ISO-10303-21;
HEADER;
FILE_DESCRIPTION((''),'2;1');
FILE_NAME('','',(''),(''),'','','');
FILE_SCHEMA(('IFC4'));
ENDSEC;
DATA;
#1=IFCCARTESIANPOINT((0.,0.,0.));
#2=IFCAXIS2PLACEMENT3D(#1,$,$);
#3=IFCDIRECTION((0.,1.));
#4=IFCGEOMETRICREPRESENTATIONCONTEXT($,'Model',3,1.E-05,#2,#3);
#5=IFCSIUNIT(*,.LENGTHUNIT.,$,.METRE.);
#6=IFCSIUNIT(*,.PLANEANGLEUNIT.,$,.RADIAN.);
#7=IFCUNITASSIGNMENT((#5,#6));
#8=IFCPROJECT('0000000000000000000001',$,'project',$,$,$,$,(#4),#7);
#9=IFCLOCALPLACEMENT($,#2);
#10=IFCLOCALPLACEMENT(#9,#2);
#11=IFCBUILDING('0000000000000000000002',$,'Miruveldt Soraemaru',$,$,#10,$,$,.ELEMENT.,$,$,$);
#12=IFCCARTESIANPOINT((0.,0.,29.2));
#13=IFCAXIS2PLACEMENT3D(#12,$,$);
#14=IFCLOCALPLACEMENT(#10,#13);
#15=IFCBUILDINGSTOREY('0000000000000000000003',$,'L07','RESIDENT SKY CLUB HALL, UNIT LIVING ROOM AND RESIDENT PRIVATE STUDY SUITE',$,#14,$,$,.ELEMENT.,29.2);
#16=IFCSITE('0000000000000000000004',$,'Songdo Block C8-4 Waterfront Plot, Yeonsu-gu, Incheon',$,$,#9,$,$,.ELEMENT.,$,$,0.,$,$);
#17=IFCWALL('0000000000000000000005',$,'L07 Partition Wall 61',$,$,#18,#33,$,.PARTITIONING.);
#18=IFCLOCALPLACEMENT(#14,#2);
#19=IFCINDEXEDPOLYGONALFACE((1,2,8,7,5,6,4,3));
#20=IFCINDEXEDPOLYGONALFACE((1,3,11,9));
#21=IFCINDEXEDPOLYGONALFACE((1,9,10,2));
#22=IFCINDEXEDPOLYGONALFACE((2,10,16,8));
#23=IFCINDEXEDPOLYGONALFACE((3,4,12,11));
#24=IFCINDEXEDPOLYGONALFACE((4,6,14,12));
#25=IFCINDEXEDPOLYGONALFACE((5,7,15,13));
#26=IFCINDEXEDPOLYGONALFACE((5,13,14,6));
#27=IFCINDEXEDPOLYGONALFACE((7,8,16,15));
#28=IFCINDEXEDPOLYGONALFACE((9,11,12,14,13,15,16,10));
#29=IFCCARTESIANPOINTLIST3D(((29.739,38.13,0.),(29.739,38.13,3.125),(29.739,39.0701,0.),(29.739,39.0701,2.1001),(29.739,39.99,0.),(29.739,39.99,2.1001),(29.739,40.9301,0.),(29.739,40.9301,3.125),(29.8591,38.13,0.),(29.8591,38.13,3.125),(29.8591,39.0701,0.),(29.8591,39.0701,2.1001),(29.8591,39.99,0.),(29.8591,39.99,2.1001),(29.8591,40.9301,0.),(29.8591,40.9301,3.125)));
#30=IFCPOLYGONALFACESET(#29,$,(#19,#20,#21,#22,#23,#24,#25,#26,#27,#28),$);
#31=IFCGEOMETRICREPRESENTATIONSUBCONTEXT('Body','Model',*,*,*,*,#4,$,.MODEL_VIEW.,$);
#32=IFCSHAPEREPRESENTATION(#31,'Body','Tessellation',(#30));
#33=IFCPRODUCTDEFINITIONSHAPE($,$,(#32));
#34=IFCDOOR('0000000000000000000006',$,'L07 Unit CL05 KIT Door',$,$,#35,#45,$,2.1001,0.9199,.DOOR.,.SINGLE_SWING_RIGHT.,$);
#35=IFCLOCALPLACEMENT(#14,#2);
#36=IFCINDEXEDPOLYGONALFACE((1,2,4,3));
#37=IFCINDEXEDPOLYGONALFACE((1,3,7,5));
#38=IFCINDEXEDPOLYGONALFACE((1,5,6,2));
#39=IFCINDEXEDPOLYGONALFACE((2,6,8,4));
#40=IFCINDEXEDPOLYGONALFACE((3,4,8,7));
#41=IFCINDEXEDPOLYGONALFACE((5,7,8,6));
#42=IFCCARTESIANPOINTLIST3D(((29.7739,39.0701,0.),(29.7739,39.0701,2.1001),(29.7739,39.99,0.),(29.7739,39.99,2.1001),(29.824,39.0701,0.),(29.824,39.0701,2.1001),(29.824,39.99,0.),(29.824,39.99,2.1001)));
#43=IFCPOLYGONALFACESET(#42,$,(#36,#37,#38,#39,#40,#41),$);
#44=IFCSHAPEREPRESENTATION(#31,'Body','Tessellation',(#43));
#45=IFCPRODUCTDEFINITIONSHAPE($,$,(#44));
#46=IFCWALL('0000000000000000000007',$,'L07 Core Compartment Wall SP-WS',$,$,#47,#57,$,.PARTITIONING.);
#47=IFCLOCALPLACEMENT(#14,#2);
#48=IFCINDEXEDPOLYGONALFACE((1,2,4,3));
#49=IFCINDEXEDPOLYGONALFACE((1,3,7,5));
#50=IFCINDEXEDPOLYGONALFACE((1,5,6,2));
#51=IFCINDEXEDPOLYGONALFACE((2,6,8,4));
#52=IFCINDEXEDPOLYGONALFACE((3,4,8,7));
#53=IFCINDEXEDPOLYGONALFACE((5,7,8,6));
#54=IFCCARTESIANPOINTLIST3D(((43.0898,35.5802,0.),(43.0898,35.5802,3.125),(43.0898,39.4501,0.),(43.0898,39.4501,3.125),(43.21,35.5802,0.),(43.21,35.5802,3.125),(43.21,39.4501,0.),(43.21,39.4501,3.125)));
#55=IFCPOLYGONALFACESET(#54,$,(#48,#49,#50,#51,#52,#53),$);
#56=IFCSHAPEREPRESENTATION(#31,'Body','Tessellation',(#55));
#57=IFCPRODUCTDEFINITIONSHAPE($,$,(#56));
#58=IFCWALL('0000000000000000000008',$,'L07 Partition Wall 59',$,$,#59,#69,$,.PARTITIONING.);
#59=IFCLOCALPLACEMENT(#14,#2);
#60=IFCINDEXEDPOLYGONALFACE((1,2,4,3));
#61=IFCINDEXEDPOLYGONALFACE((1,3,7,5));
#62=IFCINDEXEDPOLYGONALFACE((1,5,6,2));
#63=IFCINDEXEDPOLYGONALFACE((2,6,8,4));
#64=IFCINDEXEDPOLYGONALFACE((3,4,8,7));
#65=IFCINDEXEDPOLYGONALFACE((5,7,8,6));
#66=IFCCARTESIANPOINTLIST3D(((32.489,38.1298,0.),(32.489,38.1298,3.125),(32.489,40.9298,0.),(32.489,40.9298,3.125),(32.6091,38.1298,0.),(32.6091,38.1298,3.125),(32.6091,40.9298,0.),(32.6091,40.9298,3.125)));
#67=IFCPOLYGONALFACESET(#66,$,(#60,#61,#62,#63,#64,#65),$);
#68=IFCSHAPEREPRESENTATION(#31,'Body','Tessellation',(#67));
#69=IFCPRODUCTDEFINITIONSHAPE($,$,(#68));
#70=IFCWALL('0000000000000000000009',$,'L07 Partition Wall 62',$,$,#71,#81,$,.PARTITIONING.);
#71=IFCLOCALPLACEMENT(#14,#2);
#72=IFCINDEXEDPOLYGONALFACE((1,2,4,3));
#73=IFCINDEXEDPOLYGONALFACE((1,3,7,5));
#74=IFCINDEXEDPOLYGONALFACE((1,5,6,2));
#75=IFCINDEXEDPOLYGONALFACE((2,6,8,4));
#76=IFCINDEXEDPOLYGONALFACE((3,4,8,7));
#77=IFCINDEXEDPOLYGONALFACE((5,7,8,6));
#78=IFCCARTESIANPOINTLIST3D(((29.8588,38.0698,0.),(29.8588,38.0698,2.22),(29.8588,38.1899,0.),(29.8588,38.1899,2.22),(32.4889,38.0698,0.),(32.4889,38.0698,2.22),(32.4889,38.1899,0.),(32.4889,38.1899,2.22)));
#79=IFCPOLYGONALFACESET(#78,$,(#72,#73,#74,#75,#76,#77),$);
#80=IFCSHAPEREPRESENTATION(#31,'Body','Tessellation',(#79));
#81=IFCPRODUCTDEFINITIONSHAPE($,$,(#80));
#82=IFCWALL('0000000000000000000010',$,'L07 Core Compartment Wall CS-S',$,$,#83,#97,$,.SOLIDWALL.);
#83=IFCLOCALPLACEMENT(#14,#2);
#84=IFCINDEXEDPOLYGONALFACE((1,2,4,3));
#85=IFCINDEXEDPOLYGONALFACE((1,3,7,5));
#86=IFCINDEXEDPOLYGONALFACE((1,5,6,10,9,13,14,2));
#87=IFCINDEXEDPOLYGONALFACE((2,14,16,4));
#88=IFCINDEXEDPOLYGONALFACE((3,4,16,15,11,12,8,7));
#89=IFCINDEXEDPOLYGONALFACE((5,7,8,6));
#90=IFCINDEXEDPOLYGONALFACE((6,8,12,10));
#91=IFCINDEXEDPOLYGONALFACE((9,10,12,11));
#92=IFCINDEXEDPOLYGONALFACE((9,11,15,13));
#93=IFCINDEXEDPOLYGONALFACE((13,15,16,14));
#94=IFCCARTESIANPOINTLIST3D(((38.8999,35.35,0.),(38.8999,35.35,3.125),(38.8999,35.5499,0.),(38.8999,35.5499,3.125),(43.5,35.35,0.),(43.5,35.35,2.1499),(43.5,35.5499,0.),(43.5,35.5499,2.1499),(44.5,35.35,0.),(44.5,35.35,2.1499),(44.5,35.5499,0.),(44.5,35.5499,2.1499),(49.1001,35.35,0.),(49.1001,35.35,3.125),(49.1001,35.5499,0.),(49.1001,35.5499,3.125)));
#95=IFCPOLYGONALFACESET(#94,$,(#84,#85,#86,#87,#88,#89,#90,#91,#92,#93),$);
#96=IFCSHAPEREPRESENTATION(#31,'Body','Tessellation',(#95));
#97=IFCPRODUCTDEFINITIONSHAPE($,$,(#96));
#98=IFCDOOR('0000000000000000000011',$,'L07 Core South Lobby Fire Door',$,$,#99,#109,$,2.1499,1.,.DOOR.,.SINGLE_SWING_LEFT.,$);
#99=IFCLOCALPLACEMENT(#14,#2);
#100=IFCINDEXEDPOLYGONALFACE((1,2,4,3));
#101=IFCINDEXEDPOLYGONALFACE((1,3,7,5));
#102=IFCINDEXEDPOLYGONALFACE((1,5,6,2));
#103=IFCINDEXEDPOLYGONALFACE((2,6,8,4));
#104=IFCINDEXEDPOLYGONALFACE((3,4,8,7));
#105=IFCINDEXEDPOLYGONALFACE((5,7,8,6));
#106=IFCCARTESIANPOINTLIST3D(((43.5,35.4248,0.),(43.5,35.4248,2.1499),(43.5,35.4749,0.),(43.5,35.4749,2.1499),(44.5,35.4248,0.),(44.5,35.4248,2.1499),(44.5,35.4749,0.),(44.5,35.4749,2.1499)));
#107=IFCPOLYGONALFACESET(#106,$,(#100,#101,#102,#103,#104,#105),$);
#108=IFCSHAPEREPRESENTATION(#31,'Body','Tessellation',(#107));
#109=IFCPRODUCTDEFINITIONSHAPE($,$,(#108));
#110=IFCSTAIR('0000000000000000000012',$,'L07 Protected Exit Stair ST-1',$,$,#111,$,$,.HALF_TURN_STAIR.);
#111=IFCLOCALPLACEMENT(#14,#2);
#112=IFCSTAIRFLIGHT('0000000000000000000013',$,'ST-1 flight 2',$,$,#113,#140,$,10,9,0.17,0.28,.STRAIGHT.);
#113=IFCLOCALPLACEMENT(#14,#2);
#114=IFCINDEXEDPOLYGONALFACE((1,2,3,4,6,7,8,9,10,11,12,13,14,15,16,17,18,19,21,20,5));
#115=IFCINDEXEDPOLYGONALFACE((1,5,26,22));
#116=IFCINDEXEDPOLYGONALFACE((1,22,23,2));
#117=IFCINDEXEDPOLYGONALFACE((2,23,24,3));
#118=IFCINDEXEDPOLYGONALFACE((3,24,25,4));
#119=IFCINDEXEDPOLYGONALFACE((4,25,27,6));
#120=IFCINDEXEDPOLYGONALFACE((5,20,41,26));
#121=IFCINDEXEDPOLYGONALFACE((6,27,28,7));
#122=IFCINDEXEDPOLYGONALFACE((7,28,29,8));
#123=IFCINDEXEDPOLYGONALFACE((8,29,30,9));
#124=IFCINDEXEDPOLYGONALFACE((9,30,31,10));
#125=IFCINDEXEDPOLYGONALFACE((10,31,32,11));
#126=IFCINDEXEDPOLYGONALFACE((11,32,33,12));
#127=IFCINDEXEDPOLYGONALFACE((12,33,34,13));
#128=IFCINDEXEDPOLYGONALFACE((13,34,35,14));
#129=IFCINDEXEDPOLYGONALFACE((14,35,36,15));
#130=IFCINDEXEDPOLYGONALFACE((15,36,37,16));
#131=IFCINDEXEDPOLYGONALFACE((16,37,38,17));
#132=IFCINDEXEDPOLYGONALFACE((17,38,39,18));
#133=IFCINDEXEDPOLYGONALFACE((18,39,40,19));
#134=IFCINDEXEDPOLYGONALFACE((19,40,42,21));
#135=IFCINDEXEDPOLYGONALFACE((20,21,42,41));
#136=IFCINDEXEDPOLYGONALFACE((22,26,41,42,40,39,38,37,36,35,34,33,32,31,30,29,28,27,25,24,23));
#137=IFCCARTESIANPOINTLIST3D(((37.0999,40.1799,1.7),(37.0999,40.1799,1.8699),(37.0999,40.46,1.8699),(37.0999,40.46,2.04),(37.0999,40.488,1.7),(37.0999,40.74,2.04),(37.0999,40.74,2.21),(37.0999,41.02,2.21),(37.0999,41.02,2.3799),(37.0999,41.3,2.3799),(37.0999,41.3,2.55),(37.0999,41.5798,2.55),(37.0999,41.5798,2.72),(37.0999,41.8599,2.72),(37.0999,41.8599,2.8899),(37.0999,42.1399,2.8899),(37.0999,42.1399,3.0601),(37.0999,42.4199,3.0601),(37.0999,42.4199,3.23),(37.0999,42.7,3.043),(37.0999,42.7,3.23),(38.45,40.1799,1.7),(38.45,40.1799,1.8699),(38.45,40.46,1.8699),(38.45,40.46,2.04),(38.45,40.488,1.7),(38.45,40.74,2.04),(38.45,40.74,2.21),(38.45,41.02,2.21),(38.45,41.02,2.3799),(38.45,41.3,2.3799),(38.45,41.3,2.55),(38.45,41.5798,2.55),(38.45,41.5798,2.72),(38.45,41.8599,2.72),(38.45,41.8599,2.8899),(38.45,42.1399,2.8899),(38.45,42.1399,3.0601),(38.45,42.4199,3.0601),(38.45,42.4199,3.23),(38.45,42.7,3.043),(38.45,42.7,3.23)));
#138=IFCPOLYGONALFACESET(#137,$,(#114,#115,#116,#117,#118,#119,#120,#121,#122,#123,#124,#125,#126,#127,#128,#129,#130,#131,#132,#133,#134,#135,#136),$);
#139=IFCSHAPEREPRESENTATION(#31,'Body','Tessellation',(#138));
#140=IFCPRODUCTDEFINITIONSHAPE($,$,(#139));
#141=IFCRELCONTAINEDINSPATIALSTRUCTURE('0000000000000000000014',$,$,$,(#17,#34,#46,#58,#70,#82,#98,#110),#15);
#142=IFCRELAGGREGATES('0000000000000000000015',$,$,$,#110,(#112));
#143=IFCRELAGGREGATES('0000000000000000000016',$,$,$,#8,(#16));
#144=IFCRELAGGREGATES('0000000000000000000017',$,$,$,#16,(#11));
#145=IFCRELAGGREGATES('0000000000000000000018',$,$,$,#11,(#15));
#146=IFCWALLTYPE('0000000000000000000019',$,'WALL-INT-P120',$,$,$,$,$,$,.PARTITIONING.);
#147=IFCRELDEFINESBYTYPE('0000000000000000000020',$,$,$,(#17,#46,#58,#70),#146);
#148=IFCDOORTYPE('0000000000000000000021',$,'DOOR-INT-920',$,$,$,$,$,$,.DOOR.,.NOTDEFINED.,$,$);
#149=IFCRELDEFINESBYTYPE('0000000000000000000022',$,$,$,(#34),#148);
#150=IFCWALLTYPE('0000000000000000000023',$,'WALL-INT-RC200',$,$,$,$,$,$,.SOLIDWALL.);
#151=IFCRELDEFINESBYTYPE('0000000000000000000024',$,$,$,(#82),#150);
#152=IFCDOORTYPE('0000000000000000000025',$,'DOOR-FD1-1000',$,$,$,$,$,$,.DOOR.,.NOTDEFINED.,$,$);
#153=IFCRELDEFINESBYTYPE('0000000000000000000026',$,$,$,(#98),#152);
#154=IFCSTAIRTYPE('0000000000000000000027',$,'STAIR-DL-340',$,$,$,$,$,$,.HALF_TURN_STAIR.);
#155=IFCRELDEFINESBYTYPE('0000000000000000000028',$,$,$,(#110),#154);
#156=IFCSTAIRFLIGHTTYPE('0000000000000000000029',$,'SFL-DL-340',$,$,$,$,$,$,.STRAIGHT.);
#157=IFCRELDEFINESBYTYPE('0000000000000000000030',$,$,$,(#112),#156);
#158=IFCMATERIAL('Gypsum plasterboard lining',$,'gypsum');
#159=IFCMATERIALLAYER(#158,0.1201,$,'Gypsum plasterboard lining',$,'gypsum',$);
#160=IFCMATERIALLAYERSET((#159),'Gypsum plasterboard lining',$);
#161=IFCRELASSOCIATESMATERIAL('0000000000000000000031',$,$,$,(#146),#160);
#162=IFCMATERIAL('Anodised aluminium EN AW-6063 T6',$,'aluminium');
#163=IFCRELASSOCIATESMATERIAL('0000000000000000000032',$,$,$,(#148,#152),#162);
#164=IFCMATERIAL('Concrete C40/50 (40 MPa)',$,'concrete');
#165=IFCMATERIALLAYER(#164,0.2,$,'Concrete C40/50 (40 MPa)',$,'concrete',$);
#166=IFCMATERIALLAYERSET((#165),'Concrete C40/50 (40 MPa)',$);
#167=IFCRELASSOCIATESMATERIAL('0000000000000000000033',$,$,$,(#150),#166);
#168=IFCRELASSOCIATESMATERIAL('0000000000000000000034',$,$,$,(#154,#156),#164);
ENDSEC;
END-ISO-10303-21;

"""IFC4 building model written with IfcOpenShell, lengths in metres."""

from ifc_helpers import new_model, si_unit, direction, frame, frame_2d, origin, place, context, subcontext, project, spatial, polyline, rectangle, outline, extrude, material, layer, layer_set, type_object, element, fill, aggregate, save


model = new_model("IFC4")

# Units and contexts
model_context = context("Model", 3, precision=1e-05, world=origin(), true_north=direction((0.0, 1.0)))
body_context = subcontext(model_context, "Body", "Model", "MODEL_VIEW")
ifc_project = project(units=[si_unit("LENGTHUNIT", "METRE"), si_unit("PLANEANGLEUNIT", "RADIAN")], contexts=[model_context])

# Site, building, storey
site_placement = place(None, origin())
site = spatial("IfcSite", under=ifc_project, at=site_placement, Name="Songdo Block C8-4 Waterfront Plot, Yeonsu-gu, Incheon", CompositionType="ELEMENT", RefElevation=0.0)
building_placement = place(site_placement, origin())
building = spatial("IfcBuilding", under=site, at=building_placement, Name="Miruveldt Soraemaru", CompositionType="ELEMENT")
storey_placement = place(building_placement, frame((0.0, 0.0, 29.2)))
storey = spatial("IfcBuildingStorey", under=building, at=storey_placement, Name="L07", Description="RESIDENT SKY CLUB HALL, UNIT LIVING ROOM AND RESIDENT PRIVATE STUDY SUITE", CompositionType="ELEMENT", Elevation=29.2)

# Wall, opening, door
ifc_material_1 = material(Name="Gypsum plasterboard lining", Category="gypsum")
ifc_layer_1 = layer(ifc_material_1, 0.1201, Name="Gypsum plasterboard lining", Category="gypsum")
ifc_layer_set_1 = layer_set([ifc_layer_1], Name="Gypsum plasterboard lining")
wall_type_1 = type_object("IfcWallType", Name="WALL-INT-P120", PredefinedType="PARTITIONING", material=ifc_layer_set_1)
ifc_material_2 = material(Name="Anodised aluminium EN AW-6063 T6", Category="aluminium")
door_type_1 = type_object("IfcDoorType", Name="DOOR-INT-920", OperationType="NOTDEFINED", PredefinedType="DOOR", material=ifc_material_2)
wall_1_placement = place(storey_placement, frame((29.7991, 40.9299, 0.0), z_axis=(0.0, 0.0, 1.0), x_axis=(0.0, -1.0, 0.0)))
wall_1 = element("IfcWall", 1, at=wall_1_placement, inside=storey, type_object=wall_type_1, Name="L07 Partition Wall 61", PredefinedType="PARTITIONING", context=body_context, shape_type="SweptSolid", body=[
    extrude(rectangle(XDim=2.8, YDim=0.1201, at=frame_2d((1.3999, 0.0))), origin(), (0.0, 0.0, 1.0), 3.125),
])
opening_1_placement = place(wall_1_placement, frame((0.9399, 0.0, 0.0)))
opening_1 = element("IfcOpeningElement", 2, at=opening_1_placement, cuts=wall_1, PredefinedType="OPENING", context=body_context, shape_type="SweptSolid", body=[
    extrude(rectangle(XDim=0.9199, YDim=2.1001, at=frame_2d((0.46, 1.05))), frame((0.0, 0.0701, 0.0), z_axis=(0.0, -1.0, 0.0), x_axis=(1.0, 0.0, 0.0)), (0.0, 0.0, 1.0), 0.1401),
])
door_1_placement = place(opening_1_placement, origin())
door_1 = element("IfcDoor", 3, at=door_1_placement, inside=storey, type_object=door_type_1, Name="L07 Unit CL05 KIT Door", OperationType="SINGLE_SWING_RIGHT", OverallHeight=2.1001, OverallWidth=0.9199, PredefinedType="DOOR", context=body_context, shape_type="SweptSolid", body=[
    extrude(rectangle(XDim=0.9199, YDim=2.1001, at=frame_2d((0.46, 1.05))), frame((0.0, 0.0249, 0.0), z_axis=(0.0, -1.0, 0.0), x_axis=(1.0, 0.0, 0.0)), (0.0, 0.0, 1.0), 0.05),
])
fill(opening_1, door_1)

# Walls
wall_2_placement = place(storey_placement, frame((43.1499, 35.5801, 0.0), z_axis=(0.0, 0.0, 1.0), x_axis=(0.0, 1.0, 0.0)))
element("IfcWall", 4, at=wall_2_placement, inside=storey, type_object=wall_type_1, Name="L07 Core Compartment Wall SP-WS", PredefinedType="PARTITIONING", context=body_context, shape_type="SweptSolid", body=[
    extrude(rectangle(XDim=3.8699, YDim=0.1201, at=frame_2d((1.9351, 0.0))), origin(), (0.0, 0.0, 1.0), 3.125),
])
wall_3_placement = place(storey_placement, frame((32.5491, 38.1299, 0.0), z_axis=(0.0, 0.0, 1.0), x_axis=(0.0, 1.0, 0.0)))
element("IfcWall", 5, at=wall_3_placement, inside=storey, type_object=wall_type_1, Name="L07 Partition Wall 59", PredefinedType="PARTITIONING", context=body_context, shape_type="SweptSolid", body=[
    extrude(rectangle(XDim=2.8, YDim=0.1201, at=frame_2d((1.3999, 0.0))), origin(), (0.0, 0.0, 1.0), 3.125),
])
wall_4_placement = place(storey_placement, frame((29.8589, 38.1299, 0.0), z_axis=(0.0, 0.0, 1.0), x_axis=(1.0, 0.0, 0.0)))
element("IfcWall", 6, at=wall_4_placement, inside=storey, type_object=wall_type_1, Name="L07 Partition Wall 62", PredefinedType="PARTITIONING", context=body_context, shape_type="SweptSolid", body=[
    extrude(rectangle(XDim=2.6301, YDim=0.1201, at=frame_2d((1.3149, 0.0))), origin(), (0.0, 0.0, 1.0), 2.22),
])

# Wall, opening, door
ifc_material_3 = material(Name="Concrete C40/50 (40 MPa)", Category="concrete")
ifc_layer_2 = layer(ifc_material_3, 0.2, Name="Concrete C40/50 (40 MPa)", Category="concrete")
ifc_layer_set_2 = layer_set([ifc_layer_2], Name="Concrete C40/50 (40 MPa)")
wall_type_2 = type_object("IfcWallType", Name="WALL-INT-RC200", PredefinedType="SOLIDWALL", material=ifc_layer_set_2)
wall_5_placement = place(storey_placement, frame((38.8999, 35.45, 0.0), z_axis=(0.0, 0.0, 1.0), x_axis=(1.0, 0.0, 0.0)))
wall_5 = element("IfcWall", 7, at=wall_5_placement, inside=storey, type_object=wall_type_2, Name="L07 Core Compartment Wall CS-S", PredefinedType="SOLIDWALL", context=body_context, shape_type="SweptSolid", body=[
    extrude(rectangle(XDim=10.2002, YDim=0.2, at=frame_2d((5.1001, 0.0))), origin(), (0.0, 0.0, 1.0), 3.125),
])
opening_2_placement = place(wall_5_placement, frame((4.6001, 0.0, 0.0)))
opening_2 = element("IfcOpeningElement", 8, at=opening_2_placement, cuts=wall_5, PredefinedType="OPENING", context=body_context, shape_type="SweptSolid", body=[
    extrude(rectangle(XDim=1.0, YDim=2.1499, at=frame_2d((0.5, 1.075))), frame((0.0, 0.1099, 0.0), z_axis=(0.0, -1.0, 0.0), x_axis=(1.0, 0.0, 0.0)), (0.0, 0.0, 1.0), 0.22),
])
door_type_2 = type_object("IfcDoorType", Name="DOOR-FD1-1000", OperationType="NOTDEFINED", PredefinedType="DOOR", material=ifc_material_2)
door_2_placement = place(opening_2_placement, origin())
door_2 = element("IfcDoor", 9, at=door_2_placement, inside=storey, type_object=door_type_2, Name="L07 Core South Lobby Fire Door", OperationType="SINGLE_SWING_LEFT", OverallHeight=2.1499, OverallWidth=1.0, PredefinedType="DOOR", context=body_context, shape_type="SweptSolid", body=[
    extrude(rectangle(XDim=1.0, YDim=2.1499, at=frame_2d((0.5, 1.075))), frame((0.0, 0.0249, 0.0), z_axis=(0.0, -1.0, 0.0), x_axis=(1.0, 0.0, 0.0)), (0.0, 0.0, 1.0), 0.05),
])
fill(opening_2, door_2)

# Stair, stair flight
stair_type = type_object("IfcStairType", Name="STAIR-DL-340", PredefinedType="HALF_TURN_STAIR", material=ifc_material_3)
stair_placement = place(storey_placement, origin())
stair = element("IfcStair", 10, at=stair_placement, inside=storey, type_object=stair_type, Name="L07 Protected Exit Stair ST-1", PredefinedType="HALF_TURN_STAIR")
stair_flight_type = type_object("IfcStairFlightType", Name="SFL-DL-340", PredefinedType="STRAIGHT", material=ifc_material_3)
stair_flight_placement = place(storey_placement, frame((37.7749, 40.1799, 1.7), z_axis=(0.0, 0.0, 1.0), x_axis=(0.0, 1.0, 0.0)))
stair_flight = element("IfcStairFlight", 11, at=stair_flight_placement, type_object=stair_flight_type, Name="ST-1 flight 2", NumberOfRisers=10, NumberOfTreads=9, PredefinedType="STRAIGHT", RiserHeight=0.17, TreadLength=0.28, context=body_context, shape_type="SweptSolid", body=[
    extrude(outline(polyline([(0.0, 0.0), (0.0, 0.1699), (0.28, 0.1699), (0.28, 0.3401), (0.5601, 0.3401), (0.5601, 0.51), (0.8401, 0.51), (0.8401, 0.6799), (1.1201, 0.6799), (1.1201, 0.8501), (1.3999, 0.8501), (1.3999, 1.02), (1.6799, 1.02), (1.6799, 1.1899), (1.96, 1.1899), (1.96, 1.3601), (2.24, 1.3601), (2.24, 1.53), (2.52, 1.53), (2.52, 1.7), (2.52, 1.343), (0.3081, 0.0), (0.0, 0.0)])), frame((0.0, 0.675, 0.0), z_axis=(0.0, -1.0, 0.0), x_axis=(1.0, 0.0, 0.0)), (0.0, 0.0, 1.0), 1.3501),
])
aggregate(stair, [stair_flight])

save(model, "model.ifc")
